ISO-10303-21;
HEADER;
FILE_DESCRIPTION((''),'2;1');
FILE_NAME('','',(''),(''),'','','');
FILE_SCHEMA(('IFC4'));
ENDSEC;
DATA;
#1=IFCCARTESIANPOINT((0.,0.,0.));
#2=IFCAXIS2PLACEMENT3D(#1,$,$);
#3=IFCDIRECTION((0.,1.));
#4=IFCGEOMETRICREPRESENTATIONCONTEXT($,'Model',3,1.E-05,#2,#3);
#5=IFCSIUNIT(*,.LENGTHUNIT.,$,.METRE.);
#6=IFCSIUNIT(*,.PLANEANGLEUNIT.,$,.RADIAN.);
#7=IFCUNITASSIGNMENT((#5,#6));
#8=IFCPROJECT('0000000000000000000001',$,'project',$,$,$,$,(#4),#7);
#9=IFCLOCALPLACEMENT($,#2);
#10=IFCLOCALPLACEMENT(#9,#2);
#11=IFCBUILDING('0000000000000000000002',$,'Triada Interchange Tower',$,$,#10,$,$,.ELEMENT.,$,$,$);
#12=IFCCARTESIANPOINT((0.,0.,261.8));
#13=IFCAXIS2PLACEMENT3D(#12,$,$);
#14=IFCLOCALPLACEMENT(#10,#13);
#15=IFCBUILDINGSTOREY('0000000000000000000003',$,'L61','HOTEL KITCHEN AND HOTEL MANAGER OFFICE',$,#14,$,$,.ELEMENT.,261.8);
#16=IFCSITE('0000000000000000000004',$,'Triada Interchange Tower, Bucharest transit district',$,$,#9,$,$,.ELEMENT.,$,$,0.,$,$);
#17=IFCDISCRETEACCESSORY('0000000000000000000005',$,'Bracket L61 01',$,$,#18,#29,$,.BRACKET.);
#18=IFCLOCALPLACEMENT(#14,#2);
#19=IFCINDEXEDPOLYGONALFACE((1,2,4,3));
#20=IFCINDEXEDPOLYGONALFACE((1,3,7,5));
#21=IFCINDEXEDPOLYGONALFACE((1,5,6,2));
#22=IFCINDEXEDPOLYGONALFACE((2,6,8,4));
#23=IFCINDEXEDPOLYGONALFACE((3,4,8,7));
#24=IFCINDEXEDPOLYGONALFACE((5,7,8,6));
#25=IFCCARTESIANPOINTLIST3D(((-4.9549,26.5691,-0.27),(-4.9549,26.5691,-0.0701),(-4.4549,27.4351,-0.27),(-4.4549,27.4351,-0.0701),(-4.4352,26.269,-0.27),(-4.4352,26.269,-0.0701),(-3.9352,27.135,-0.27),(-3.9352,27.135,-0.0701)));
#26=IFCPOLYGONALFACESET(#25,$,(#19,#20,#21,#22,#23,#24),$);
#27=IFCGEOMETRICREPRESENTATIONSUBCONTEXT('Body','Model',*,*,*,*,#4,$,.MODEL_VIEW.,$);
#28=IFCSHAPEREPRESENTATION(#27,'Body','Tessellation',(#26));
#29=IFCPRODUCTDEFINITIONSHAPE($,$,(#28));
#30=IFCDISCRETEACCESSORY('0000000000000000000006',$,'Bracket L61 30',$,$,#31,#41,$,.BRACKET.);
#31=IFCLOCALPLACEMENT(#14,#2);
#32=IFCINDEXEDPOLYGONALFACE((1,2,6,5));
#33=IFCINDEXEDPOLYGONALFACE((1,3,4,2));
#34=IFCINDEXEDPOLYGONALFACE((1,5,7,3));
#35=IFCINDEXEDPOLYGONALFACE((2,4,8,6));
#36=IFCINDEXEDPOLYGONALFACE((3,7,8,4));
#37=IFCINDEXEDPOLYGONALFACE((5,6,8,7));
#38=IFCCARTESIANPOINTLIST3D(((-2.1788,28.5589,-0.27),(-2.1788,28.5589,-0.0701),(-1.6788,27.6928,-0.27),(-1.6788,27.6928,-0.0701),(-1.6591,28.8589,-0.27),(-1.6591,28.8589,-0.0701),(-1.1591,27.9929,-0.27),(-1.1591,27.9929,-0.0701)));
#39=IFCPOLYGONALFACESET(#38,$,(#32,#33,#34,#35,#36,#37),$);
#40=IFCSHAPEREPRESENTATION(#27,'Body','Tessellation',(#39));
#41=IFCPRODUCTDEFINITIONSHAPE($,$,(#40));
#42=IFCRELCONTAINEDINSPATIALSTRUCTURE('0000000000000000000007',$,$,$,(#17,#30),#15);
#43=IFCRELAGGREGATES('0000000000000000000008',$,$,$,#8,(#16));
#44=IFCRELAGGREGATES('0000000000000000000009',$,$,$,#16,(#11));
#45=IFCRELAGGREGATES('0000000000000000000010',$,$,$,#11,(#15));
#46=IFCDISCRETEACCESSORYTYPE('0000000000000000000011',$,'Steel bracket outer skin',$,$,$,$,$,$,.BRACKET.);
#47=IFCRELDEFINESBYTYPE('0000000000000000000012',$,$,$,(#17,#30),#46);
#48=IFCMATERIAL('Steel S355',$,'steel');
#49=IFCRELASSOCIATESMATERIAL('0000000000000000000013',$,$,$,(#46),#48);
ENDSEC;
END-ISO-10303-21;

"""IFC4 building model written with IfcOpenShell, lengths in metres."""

from ifc_helpers import new_model, si_unit, direction, frame, origin, origin_2d, place, context, subcontext, project, spatial, rectangle, extrude, material, type_object, element, save


model = new_model("IFC4")

# Units and contexts
model_context = context("Model", 3, precision=1e-05, world=origin(), true_north=direction((0.0, 1.0)))
body_context = subcontext(model_context, "Body", "Model", "MODEL_VIEW")
ifc_project = project(units=[si_unit("LENGTHUNIT", "METRE"), si_unit("PLANEANGLEUNIT", "RADIAN")], contexts=[model_context])

# Site, building, storey
site_placement = place(None, origin())
site = spatial("IfcSite", under=ifc_project, at=site_placement, Name="Triada Interchange Tower, Bucharest transit district", CompositionType="ELEMENT", RefElevation=0.0)
building_placement = place(site_placement, origin())
building = spatial("IfcBuilding", under=site, at=building_placement, Name="Triada Interchange Tower", CompositionType="ELEMENT")
storey_placement = place(building_placement, frame((0.0, 0.0, 261.8)))
storey = spatial("IfcBuildingStorey", under=building, at=storey_placement, Name="L61", Description="HOTEL KITCHEN AND HOTEL MANAGER OFFICE", CompositionType="ELEMENT", Elevation=261.8)

# Discrete accessories
ifc_material_1 = material(Name="Steel S355", Category="steel")
discrete_accessory_type = type_object("IfcDiscreteAccessoryType", Name="Steel bracket outer skin", PredefinedType="BRACKET", material=ifc_material_1)
for number, where, z_axis, x_axis, name in (
    (1, (-4.4451, 26.8521, -0.27), (0.0, 0.0, 1.0), (-0.866018, 0.500013, 0.0), "Bracket L61 01"),
    (2, (-1.6689, 28.2759, -0.27), (0.0, 0.0, 1.0), (0.866025, 0.500001, 0.0), "Bracket L61 30"),
):
    element("IfcDiscreteAccessory", number, at=place(storey_placement, frame(where, z_axis=z_axis, x_axis=x_axis)), inside=storey, type_object=discrete_accessory_type, Name=name, PredefinedType="BRACKET", context=body_context, shape_type="SweptSolid", body=[
        extrude(rectangle(XDim=0.6001, YDim=1.0, at=origin_2d()), origin(), (0.0, 0.0, 1.0), 0.2),
    ])

save(model, "model.ifc")
